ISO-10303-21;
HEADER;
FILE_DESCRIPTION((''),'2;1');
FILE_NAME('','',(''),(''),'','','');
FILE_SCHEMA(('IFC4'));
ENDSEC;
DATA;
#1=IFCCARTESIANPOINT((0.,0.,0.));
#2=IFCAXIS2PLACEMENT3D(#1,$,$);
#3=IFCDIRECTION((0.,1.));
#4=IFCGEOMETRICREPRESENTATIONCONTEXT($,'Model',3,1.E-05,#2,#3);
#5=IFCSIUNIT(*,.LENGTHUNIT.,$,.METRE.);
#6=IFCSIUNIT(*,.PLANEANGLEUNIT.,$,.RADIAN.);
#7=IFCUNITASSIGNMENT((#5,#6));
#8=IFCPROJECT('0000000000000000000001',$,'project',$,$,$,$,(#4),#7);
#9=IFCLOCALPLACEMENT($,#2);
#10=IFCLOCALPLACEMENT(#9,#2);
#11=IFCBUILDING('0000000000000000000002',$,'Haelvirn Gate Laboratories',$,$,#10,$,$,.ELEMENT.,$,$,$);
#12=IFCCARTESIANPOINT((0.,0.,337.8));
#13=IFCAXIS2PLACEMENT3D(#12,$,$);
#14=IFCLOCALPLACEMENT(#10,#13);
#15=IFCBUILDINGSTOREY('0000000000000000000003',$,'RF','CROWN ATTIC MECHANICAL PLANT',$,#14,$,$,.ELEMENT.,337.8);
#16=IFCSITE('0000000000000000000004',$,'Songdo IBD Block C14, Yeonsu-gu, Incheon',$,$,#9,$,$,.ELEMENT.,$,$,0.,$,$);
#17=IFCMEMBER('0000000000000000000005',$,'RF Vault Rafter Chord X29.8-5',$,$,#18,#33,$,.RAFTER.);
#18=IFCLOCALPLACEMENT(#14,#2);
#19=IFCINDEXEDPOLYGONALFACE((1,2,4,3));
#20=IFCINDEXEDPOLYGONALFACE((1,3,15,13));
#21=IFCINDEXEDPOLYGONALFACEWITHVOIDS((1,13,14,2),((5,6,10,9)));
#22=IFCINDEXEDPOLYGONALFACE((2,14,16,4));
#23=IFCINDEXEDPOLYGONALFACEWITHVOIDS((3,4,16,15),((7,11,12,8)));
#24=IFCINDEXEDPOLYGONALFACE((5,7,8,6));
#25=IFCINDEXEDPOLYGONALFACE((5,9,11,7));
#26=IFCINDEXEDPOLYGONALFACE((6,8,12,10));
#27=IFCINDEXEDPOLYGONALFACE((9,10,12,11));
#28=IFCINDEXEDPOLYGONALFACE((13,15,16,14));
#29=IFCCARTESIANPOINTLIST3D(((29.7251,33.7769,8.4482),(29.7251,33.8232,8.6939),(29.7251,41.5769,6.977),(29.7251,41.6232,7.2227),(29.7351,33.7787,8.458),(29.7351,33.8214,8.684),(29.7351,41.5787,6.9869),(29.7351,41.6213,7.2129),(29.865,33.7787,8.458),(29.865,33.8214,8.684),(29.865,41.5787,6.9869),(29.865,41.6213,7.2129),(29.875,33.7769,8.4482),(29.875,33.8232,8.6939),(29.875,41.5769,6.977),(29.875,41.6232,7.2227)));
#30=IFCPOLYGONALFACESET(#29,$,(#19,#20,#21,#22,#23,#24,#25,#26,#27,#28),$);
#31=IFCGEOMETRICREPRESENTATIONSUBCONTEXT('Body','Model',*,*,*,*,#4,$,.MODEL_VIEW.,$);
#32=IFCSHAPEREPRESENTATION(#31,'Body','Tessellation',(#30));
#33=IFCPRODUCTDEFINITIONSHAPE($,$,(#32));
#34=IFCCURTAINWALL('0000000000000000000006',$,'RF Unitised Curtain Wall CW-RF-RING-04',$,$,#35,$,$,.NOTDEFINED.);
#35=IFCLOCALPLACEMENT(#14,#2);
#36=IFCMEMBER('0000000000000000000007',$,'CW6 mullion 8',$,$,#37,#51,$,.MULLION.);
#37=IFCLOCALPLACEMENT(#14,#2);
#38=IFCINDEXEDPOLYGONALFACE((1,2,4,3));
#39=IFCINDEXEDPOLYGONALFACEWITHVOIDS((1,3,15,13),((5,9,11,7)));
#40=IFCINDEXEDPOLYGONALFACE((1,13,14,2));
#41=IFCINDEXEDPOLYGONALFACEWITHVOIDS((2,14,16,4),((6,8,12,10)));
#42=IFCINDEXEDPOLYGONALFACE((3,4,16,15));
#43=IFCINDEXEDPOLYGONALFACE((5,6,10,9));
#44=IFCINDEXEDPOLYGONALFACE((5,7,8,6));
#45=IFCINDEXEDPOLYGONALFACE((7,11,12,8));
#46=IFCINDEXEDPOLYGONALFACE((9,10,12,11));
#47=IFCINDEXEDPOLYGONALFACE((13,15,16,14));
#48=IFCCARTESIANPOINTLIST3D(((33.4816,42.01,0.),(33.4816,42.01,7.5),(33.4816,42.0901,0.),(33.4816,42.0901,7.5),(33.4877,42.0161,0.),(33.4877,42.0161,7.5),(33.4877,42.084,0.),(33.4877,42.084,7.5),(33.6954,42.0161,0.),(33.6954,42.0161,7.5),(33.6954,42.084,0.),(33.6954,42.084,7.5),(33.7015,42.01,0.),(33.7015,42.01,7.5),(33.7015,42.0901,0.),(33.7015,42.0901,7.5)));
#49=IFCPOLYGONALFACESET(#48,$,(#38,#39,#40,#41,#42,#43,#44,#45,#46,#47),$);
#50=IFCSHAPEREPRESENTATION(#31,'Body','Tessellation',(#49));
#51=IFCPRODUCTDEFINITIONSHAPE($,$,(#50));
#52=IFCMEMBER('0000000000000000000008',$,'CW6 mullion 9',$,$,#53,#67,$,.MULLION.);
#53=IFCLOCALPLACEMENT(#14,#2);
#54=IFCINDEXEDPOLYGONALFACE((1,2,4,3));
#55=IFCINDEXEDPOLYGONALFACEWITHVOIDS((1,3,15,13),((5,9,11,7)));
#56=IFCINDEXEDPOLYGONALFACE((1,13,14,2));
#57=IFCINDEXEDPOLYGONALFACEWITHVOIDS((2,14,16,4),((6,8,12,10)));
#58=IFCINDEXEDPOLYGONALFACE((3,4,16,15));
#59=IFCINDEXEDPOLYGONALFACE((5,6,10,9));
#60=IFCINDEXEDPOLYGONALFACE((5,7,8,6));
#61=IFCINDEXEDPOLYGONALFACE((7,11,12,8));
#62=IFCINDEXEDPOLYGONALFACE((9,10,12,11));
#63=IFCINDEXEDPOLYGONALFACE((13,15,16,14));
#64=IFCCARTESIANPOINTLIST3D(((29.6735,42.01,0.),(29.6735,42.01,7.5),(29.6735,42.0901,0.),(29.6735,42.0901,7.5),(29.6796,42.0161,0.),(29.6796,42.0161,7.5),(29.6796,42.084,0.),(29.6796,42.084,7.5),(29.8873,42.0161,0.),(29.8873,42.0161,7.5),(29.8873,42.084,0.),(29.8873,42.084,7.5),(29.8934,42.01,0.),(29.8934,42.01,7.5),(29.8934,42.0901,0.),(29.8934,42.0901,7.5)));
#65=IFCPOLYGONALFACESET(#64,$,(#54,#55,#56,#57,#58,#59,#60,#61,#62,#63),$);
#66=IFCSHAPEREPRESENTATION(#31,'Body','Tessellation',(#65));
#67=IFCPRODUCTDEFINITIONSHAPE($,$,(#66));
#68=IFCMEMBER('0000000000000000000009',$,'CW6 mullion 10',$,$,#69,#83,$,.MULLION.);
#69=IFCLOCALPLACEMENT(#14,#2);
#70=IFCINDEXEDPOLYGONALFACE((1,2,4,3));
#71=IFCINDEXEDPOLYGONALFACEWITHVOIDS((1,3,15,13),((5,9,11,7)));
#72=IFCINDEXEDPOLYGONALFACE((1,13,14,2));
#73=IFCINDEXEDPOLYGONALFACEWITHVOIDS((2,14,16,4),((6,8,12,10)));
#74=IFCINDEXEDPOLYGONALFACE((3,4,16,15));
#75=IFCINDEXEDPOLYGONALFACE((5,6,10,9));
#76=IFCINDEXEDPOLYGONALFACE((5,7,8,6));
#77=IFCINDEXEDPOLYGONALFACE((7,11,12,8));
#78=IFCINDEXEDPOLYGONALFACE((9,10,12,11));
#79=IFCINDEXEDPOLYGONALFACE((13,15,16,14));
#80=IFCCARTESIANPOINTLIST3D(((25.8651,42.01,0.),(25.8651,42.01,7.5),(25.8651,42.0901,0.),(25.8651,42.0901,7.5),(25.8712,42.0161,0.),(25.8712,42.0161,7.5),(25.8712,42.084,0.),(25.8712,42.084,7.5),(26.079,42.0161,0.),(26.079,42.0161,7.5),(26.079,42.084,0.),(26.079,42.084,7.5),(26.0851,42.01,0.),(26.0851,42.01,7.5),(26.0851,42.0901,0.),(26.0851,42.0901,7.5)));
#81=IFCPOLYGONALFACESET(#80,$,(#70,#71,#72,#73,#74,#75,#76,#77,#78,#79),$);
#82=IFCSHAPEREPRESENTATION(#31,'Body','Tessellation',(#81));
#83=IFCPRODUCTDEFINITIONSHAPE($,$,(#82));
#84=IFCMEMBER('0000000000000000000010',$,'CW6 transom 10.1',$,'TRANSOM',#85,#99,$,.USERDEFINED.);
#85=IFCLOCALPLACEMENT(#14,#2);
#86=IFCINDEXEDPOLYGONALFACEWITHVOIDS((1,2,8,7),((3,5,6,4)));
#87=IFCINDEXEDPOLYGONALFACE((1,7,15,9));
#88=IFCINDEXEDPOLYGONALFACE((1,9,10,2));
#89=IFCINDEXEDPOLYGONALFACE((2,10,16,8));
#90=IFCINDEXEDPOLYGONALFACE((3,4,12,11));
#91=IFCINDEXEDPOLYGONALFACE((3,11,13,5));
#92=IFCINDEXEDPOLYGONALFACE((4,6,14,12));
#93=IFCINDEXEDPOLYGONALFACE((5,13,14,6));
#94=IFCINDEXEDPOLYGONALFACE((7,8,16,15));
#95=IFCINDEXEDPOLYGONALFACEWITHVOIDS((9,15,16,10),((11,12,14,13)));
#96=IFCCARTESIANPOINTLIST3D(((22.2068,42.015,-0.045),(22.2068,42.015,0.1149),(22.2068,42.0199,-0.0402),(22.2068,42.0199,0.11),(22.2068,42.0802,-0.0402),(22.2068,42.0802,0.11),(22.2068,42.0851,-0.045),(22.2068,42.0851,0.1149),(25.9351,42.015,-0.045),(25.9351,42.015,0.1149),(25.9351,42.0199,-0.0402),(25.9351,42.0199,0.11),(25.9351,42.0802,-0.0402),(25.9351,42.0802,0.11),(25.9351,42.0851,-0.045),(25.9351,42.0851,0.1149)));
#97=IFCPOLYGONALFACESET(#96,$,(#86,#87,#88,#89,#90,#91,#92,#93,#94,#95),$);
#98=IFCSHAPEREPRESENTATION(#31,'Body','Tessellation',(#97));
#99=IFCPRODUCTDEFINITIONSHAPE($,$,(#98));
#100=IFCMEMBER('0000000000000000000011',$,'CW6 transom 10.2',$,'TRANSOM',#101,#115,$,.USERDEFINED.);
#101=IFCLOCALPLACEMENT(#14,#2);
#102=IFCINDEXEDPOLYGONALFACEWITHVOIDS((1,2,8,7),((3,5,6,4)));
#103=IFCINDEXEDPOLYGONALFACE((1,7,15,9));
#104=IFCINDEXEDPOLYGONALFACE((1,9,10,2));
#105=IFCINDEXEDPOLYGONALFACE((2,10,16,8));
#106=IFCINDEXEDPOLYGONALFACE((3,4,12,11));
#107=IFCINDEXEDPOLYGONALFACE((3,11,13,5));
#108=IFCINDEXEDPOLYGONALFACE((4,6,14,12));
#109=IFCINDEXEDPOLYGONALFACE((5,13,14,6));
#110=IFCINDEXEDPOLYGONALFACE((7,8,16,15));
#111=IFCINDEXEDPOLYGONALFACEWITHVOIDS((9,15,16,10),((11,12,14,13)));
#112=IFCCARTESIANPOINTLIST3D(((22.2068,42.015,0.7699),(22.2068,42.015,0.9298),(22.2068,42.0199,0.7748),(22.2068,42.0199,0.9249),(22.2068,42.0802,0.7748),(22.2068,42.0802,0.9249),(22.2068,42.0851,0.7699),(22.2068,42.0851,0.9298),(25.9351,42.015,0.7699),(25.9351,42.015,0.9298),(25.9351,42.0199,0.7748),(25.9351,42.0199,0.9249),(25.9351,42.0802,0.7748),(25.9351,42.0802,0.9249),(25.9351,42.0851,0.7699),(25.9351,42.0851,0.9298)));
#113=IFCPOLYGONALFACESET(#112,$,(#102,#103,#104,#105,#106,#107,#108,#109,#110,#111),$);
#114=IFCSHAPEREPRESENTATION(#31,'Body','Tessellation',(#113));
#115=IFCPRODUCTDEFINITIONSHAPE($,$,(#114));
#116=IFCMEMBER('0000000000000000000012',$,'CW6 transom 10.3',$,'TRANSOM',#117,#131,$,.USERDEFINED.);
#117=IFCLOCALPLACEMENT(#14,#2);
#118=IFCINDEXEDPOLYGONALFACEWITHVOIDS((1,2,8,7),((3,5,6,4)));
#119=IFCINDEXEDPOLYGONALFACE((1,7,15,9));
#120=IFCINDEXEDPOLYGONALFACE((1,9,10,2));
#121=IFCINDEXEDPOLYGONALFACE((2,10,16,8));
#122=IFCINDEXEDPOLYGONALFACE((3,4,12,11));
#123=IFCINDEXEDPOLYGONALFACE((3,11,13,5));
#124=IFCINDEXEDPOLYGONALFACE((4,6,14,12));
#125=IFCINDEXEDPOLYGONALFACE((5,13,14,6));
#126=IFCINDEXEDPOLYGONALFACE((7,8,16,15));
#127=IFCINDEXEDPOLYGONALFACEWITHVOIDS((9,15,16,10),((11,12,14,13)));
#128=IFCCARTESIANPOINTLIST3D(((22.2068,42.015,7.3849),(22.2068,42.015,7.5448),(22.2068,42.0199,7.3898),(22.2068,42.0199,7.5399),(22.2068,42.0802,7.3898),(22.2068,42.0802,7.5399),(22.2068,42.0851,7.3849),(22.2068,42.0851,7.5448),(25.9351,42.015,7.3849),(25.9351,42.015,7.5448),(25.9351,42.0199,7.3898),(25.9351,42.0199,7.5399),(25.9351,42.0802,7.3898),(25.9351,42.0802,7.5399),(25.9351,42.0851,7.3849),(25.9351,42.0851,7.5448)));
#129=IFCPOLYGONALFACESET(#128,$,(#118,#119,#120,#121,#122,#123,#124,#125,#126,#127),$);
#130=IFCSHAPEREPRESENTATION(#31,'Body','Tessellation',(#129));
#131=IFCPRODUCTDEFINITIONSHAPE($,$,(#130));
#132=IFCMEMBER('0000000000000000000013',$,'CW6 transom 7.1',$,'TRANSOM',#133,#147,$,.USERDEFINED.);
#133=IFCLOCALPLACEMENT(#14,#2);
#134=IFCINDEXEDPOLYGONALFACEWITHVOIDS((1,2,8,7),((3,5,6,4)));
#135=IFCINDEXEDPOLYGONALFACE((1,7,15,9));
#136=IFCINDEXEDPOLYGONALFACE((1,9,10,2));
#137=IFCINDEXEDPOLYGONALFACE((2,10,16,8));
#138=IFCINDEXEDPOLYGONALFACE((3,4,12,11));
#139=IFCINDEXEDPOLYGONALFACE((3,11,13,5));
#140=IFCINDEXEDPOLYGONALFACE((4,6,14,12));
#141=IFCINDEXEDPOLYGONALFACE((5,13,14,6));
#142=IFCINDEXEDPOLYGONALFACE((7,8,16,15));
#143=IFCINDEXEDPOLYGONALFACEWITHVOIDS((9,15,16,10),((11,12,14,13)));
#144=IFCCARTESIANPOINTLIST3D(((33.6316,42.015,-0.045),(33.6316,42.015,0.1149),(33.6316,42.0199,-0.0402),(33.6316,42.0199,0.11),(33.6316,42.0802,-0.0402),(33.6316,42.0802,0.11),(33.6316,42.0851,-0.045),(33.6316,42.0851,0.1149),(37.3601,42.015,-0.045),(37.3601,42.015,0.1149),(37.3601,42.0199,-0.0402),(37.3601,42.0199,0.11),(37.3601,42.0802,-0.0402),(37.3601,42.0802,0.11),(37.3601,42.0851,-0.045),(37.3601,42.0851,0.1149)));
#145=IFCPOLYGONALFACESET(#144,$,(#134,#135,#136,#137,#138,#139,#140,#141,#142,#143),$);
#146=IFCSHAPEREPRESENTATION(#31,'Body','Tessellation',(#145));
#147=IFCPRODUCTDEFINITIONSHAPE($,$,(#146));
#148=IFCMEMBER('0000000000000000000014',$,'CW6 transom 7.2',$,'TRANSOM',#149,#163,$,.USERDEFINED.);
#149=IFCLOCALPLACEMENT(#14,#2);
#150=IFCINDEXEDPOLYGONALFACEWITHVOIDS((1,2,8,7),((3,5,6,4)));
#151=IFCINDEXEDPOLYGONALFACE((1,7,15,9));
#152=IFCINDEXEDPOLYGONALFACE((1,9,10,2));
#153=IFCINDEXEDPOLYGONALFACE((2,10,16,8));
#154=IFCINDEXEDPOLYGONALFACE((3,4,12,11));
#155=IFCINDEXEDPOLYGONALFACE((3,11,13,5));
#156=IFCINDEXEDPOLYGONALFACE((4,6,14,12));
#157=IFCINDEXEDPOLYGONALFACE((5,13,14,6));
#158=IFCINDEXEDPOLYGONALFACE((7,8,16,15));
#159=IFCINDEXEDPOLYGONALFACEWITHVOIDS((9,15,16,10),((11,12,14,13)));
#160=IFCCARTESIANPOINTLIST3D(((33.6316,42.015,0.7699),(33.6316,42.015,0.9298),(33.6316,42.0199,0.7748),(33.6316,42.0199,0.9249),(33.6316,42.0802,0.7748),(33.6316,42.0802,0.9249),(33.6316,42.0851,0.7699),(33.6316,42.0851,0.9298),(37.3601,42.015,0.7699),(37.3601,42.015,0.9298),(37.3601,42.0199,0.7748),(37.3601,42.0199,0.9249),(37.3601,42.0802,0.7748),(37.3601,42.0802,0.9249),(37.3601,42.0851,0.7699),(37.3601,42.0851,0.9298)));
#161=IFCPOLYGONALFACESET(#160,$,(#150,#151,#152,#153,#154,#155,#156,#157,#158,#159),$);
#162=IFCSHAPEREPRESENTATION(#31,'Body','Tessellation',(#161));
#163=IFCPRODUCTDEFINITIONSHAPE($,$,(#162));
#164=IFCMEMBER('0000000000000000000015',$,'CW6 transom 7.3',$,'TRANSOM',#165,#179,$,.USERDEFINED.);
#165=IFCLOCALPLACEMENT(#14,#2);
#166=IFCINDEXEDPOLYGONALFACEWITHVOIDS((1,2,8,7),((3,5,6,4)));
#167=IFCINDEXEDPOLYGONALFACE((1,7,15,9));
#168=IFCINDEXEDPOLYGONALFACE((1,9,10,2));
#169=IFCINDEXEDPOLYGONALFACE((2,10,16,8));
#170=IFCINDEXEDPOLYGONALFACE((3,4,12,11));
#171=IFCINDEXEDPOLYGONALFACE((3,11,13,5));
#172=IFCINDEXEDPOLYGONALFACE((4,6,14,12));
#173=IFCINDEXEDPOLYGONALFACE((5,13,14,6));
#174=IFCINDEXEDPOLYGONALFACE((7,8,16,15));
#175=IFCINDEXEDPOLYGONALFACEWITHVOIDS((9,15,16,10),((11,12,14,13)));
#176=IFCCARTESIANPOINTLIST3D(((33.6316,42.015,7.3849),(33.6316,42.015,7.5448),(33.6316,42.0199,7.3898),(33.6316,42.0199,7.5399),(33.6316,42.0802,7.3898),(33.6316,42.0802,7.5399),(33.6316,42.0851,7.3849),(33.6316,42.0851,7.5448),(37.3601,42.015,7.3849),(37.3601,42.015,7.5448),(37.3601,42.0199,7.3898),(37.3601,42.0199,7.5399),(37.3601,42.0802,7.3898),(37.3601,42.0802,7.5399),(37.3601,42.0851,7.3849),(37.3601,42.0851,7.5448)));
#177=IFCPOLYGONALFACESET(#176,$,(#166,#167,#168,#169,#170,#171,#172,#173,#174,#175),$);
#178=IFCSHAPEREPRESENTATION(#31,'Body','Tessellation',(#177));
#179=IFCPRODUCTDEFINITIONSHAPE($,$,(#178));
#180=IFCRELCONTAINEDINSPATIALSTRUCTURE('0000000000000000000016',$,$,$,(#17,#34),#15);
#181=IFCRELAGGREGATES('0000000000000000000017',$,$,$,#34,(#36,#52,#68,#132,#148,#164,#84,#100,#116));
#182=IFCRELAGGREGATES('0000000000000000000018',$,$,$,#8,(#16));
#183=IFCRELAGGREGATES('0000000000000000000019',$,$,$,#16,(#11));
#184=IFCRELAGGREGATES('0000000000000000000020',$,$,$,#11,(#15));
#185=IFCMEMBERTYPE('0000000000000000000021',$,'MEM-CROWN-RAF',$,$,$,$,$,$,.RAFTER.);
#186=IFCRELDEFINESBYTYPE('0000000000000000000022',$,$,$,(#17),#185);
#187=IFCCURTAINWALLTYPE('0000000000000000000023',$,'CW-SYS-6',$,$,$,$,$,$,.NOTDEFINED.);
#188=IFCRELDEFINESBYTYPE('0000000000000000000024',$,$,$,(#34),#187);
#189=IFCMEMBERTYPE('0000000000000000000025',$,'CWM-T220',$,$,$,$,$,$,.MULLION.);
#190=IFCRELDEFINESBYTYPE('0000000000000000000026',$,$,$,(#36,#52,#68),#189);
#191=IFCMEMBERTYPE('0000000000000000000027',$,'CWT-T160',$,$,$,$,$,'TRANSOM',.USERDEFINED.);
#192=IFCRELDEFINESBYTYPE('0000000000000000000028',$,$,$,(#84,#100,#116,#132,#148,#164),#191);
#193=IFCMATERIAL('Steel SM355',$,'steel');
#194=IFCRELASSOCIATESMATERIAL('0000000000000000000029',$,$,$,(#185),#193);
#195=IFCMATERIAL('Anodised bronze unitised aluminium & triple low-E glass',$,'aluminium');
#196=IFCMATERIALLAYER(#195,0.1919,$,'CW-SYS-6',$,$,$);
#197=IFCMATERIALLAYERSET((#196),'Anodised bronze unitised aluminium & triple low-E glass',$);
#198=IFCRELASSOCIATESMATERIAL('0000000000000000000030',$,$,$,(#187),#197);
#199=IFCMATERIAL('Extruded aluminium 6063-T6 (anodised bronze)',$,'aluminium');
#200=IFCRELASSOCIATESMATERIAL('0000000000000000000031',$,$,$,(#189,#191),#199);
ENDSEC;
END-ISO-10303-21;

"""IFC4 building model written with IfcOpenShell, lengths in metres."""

from ifc_helpers import new_model, si_unit, direction, frame, origin, origin_2d, place, context, subcontext, project, spatial, hollow_rectangle, extrude, source, transform, mapped, material, layer, layer_set, material_profile, profile_set, type_object, type_shapes, element, aggregate, save


model = new_model("IFC4")

# Units and contexts
model_context = context("Model", 3, precision=1e-05, world=origin(), true_north=direction((0.0, 1.0)))
body_context = subcontext(model_context, "Body", "Model", "MODEL_VIEW")
ifc_project = project(units=[si_unit("LENGTHUNIT", "METRE"), si_unit("PLANEANGLEUNIT", "RADIAN")], contexts=[model_context])

# Site, building, storey
site_placement = place(None, origin())
site = spatial("IfcSite", under=ifc_project, at=site_placement, Name="Songdo IBD Block C14, Yeonsu-gu, Incheon", CompositionType="ELEMENT", RefElevation=0.0)
building_placement = place(site_placement, origin())
building = spatial("IfcBuilding", under=site, at=building_placement, Name="Haelvirn Gate Laboratories", CompositionType="ELEMENT")
storey_placement = place(building_placement, frame((0.0, 0.0, 337.8)))
storey = spatial("IfcBuildingStorey", under=building, at=storey_placement, Name="RF", Description="CROWN ATTIC MECHANICAL PLANT", CompositionType="ELEMENT", Elevation=337.8)

# Shared definitions
ifc_material_1 = material(Name="Steel SM355", Category="steel")

# Member
ifc_material_profile_1 = material_profile(ifc_material_1, hollow_rectangle(XDim=0.1499, YDim=0.25, WallThickness=0.01, at=origin_2d()), Name="RHS-250x150x10")
ifc_profile_set_1 = profile_set([ifc_material_profile_1], Name="Steel SM355")
member_type_1 = type_object("IfcMemberType", Name="MEM-CROWN-RAF", PredefinedType="RAFTER", material=ifc_profile_set_1)
shared_shape_1 = source(origin(), body_context, "Body", "SweptSolid", [
    extrude(hollow_rectangle(XDim=0.1499, YDim=0.25, WallThickness=0.01, at=origin_2d()), origin(), (0.0, 0.0, 1.0), 7.9375),
])
member_1_placement = place(storey_placement, frame((29.8, 33.8, 8.571), z_axis=(0.0, 0.982673, -0.185345), x_axis=(-1.0, 0.0, 0.0)))
element("IfcMember", 1, at=member_1_placement, inside=storey, type_object=member_type_1, Name="RF Vault Rafter Chord X29.8-5", PredefinedType="RAFTER", context=body_context, shape_type="MappedRepresentation", body=[
    mapped(shared_shape_1, transform((0.0, 0.0, 0.0), scale=1.0)),
])

# Curtain wall, members
ifc_material_2 = material(Name="Anodised bronze unitised aluminium & triple low-E glass", Category="aluminium")
ifc_layer_1 = layer(ifc_material_2, 0.1919, Name="CW-SYS-6")
ifc_layer_set_1 = layer_set([ifc_layer_1], Name="Anodised bronze unitised aluminium & triple low-E glass")
curtain_wall_type = type_object("IfcCurtainWallType", Name="CW-SYS-6", PredefinedType="NOTDEFINED", material=ifc_layer_set_1)
curtain_wall_placement = place(storey_placement, origin())
curtain_wall = element("IfcCurtainWall", 2, at=curtain_wall_placement, inside=storey, type_object=curtain_wall_type, Name="RF Unitised Curtain Wall CW-RF-RING-04", PredefinedType="NOTDEFINED")
ifc_material_3 = material(Name="Extruded aluminium 6063-T6 (anodised bronze)", Category="aluminium")
ifc_material_profile_2 = material_profile(ifc_material_3, hollow_rectangle(XDim=0.0801, YDim=0.22, WallThickness=0.0061, at=origin_2d()), Name="CWM-220x80x6")
ifc_profile_set_2 = profile_set([ifc_material_profile_2], Name="Extruded aluminium 6063-T6 (anodised bronze)")
member_type_2 = type_object("IfcMemberType", Name="CWM-T220", PredefinedType="MULLION", material=ifc_profile_set_2)
shared_shape_2 = source(origin(), body_context, "Body", "SweptSolid", [
    extrude(hollow_rectangle(XDim=0.0801, YDim=0.22, WallThickness=0.0061, at=origin_2d()), origin(), (0.0, 0.0, 1.0), 7.5),
])
type_shapes(member_type_2, [shared_shape_2])
member_2_placement = place(storey_placement, frame((33.5916, 42.05, 0.0), z_axis=(0.0, 0.0, 1.0), x_axis=(0.0, -1.0, 0.0)))
member_2 = element("IfcMember", 3, at=member_2_placement, type_object=member_type_2, Name="CW6 mullion 8", PredefinedType="MULLION", context=body_context, shape_type="MappedRepresentation", body=[
    mapped(shared_shape_2, transform((0.0, 0.0, 0.0), scale=1.0)),
])
member_3_placement = place(storey_placement, frame((29.7834, 42.05, 0.0), z_axis=(0.0, 0.0, 1.0), x_axis=(0.0, -1.0, 0.0)))
member_3 = element("IfcMember", 4, at=member_3_placement, type_object=member_type_2, Name="CW6 mullion 9", PredefinedType="MULLION", context=body_context, shape_type="MappedRepresentation", body=[
    mapped(shared_shape_2, transform((0.0, 0.0, 0.0), scale=1.0)),
])
member_4_placement = place(storey_placement, frame((25.9751, 42.05, 0.0), z_axis=(0.0, 0.0, 1.0), x_axis=(0.0, -1.0, 0.0)))
member_4 = element("IfcMember", 5, at=member_4_placement, type_object=member_type_2, Name="CW6 mullion 10", PredefinedType="MULLION", context=body_context, shape_type="MappedRepresentation", body=[
    mapped(shared_shape_2, transform((0.0, 0.0, 0.0), scale=1.0)),
])
ifc_material_profile_3 = material_profile(ifc_material_3, hollow_rectangle(XDim=0.0701, YDim=0.1599, WallThickness=0.0049, at=origin_2d()), Name="CWT-160x70x5")
ifc_profile_set_3 = profile_set([ifc_material_profile_3], Name="Extruded aluminium 6063-T6 (anodised bronze)")
member_type_3 = type_object("IfcMemberType", Name="CWT-T160", ElementType="TRANSOM", PredefinedType="USERDEFINED", material=ifc_profile_set_3)
shared_shape_3 = source(origin(), body_context, "Body", "SweptSolid", [
    extrude(hollow_rectangle(XDim=0.0701, YDim=0.1599, WallThickness=0.0049, at=origin_2d()), origin(), (0.0, 0.0, 1.0), 3.7283),
])
member_5_placement = place(storey_placement, frame((25.9351, 42.05, 0.0349), z_axis=(-1.0, 0.0, 0.0), x_axis=(0.0, -1.0, 0.0)))
member_5 = element("IfcMember", 6, at=member_5_placement, type_object=member_type_3, Name="CW6 transom 10.1", ObjectType="TRANSOM", PredefinedType="USERDEFINED", context=body_context, shape_type="MappedRepresentation", body=[
    mapped(shared_shape_3, transform((0.0, 0.0, 0.0), scale=1.0)),
])
member_6_placement = place(storey_placement, frame((25.9351, 42.05, 0.8499), z_axis=(-1.0, 0.0, 0.0), x_axis=(0.0, -1.0, 0.0)))
member_6 = element("IfcMember", 7, at=member_6_placement, type_object=member_type_3, Name="CW6 transom 10.2", ObjectType="TRANSOM", PredefinedType="USERDEFINED", context=body_context, shape_type="MappedRepresentation", body=[
    mapped(shared_shape_3, transform((0.0, 0.0, 0.0), scale=1.0)),
])
member_7_placement = place(storey_placement, frame((25.9351, 42.05, 7.4648), z_axis=(-1.0, 0.0, 0.0), x_axis=(0.0, -1.0, 0.0)))
member_7 = element("IfcMember", 8, at=member_7_placement, type_object=member_type_3, Name="CW6 transom 10.3", ObjectType="TRANSOM", PredefinedType="USERDEFINED", context=body_context, shape_type="MappedRepresentation", body=[
    mapped(shared_shape_3, transform((0.0, 0.0, 0.0), scale=1.0)),
])
shared_shape_4 = source(origin(), body_context, "Body", "SweptSolid", [
    extrude(hollow_rectangle(XDim=0.0701, YDim=0.1599, WallThickness=0.0049, at=origin_2d()), origin(), (0.0, 0.0, 1.0), 3.7285),
])
type_shapes(member_type_3, [shared_shape_3, shared_shape_4])
member_8_placement = place(storey_placement, frame((37.3601, 42.05, 0.0349), z_axis=(-1.0, 0.0, 0.0), x_axis=(0.0, -1.0, 0.0)))
member_8 = element("IfcMember", 9, at=member_8_placement, type_object=member_type_3, Name="CW6 transom 7.1", ObjectType="TRANSOM", PredefinedType="USERDEFINED", context=body_context, shape_type="MappedRepresentation", body=[
    mapped(shared_shape_4, transform((0.0, 0.0, 0.0), scale=1.0)),
])
member_9_placement = place(storey_placement, frame((37.3601, 42.05, 0.8499), z_axis=(-1.0, 0.0, 0.0), x_axis=(0.0, -1.0, 0.0)))
member_9 = element("IfcMember", 10, at=member_9_placement, type_object=member_type_3, Name="CW6 transom 7.2", ObjectType="TRANSOM", PredefinedType="USERDEFINED", context=body_context, shape_type="MappedRepresentation", body=[
    mapped(shared_shape_4, transform((0.0, 0.0, 0.0), scale=1.0)),
])
member_10_placement = place(storey_placement, frame((37.3601, 42.05, 7.4648), z_axis=(-1.0, 0.0, 0.0), x_axis=(0.0, -1.0, 0.0)))
member_10 = element("IfcMember", 11, at=member_10_placement, type_object=member_type_3, Name="CW6 transom 7.3", ObjectType="TRANSOM", PredefinedType="USERDEFINED", context=body_context, shape_type="MappedRepresentation", body=[
    mapped(shared_shape_4, transform((0.0, 0.0, 0.0), scale=1.0)),
])

aggregate(curtain_wall, [member_2, member_3, member_4, member_8, member_9, member_10, member_5, member_6, member_7])

save(model, "model.ifc")
